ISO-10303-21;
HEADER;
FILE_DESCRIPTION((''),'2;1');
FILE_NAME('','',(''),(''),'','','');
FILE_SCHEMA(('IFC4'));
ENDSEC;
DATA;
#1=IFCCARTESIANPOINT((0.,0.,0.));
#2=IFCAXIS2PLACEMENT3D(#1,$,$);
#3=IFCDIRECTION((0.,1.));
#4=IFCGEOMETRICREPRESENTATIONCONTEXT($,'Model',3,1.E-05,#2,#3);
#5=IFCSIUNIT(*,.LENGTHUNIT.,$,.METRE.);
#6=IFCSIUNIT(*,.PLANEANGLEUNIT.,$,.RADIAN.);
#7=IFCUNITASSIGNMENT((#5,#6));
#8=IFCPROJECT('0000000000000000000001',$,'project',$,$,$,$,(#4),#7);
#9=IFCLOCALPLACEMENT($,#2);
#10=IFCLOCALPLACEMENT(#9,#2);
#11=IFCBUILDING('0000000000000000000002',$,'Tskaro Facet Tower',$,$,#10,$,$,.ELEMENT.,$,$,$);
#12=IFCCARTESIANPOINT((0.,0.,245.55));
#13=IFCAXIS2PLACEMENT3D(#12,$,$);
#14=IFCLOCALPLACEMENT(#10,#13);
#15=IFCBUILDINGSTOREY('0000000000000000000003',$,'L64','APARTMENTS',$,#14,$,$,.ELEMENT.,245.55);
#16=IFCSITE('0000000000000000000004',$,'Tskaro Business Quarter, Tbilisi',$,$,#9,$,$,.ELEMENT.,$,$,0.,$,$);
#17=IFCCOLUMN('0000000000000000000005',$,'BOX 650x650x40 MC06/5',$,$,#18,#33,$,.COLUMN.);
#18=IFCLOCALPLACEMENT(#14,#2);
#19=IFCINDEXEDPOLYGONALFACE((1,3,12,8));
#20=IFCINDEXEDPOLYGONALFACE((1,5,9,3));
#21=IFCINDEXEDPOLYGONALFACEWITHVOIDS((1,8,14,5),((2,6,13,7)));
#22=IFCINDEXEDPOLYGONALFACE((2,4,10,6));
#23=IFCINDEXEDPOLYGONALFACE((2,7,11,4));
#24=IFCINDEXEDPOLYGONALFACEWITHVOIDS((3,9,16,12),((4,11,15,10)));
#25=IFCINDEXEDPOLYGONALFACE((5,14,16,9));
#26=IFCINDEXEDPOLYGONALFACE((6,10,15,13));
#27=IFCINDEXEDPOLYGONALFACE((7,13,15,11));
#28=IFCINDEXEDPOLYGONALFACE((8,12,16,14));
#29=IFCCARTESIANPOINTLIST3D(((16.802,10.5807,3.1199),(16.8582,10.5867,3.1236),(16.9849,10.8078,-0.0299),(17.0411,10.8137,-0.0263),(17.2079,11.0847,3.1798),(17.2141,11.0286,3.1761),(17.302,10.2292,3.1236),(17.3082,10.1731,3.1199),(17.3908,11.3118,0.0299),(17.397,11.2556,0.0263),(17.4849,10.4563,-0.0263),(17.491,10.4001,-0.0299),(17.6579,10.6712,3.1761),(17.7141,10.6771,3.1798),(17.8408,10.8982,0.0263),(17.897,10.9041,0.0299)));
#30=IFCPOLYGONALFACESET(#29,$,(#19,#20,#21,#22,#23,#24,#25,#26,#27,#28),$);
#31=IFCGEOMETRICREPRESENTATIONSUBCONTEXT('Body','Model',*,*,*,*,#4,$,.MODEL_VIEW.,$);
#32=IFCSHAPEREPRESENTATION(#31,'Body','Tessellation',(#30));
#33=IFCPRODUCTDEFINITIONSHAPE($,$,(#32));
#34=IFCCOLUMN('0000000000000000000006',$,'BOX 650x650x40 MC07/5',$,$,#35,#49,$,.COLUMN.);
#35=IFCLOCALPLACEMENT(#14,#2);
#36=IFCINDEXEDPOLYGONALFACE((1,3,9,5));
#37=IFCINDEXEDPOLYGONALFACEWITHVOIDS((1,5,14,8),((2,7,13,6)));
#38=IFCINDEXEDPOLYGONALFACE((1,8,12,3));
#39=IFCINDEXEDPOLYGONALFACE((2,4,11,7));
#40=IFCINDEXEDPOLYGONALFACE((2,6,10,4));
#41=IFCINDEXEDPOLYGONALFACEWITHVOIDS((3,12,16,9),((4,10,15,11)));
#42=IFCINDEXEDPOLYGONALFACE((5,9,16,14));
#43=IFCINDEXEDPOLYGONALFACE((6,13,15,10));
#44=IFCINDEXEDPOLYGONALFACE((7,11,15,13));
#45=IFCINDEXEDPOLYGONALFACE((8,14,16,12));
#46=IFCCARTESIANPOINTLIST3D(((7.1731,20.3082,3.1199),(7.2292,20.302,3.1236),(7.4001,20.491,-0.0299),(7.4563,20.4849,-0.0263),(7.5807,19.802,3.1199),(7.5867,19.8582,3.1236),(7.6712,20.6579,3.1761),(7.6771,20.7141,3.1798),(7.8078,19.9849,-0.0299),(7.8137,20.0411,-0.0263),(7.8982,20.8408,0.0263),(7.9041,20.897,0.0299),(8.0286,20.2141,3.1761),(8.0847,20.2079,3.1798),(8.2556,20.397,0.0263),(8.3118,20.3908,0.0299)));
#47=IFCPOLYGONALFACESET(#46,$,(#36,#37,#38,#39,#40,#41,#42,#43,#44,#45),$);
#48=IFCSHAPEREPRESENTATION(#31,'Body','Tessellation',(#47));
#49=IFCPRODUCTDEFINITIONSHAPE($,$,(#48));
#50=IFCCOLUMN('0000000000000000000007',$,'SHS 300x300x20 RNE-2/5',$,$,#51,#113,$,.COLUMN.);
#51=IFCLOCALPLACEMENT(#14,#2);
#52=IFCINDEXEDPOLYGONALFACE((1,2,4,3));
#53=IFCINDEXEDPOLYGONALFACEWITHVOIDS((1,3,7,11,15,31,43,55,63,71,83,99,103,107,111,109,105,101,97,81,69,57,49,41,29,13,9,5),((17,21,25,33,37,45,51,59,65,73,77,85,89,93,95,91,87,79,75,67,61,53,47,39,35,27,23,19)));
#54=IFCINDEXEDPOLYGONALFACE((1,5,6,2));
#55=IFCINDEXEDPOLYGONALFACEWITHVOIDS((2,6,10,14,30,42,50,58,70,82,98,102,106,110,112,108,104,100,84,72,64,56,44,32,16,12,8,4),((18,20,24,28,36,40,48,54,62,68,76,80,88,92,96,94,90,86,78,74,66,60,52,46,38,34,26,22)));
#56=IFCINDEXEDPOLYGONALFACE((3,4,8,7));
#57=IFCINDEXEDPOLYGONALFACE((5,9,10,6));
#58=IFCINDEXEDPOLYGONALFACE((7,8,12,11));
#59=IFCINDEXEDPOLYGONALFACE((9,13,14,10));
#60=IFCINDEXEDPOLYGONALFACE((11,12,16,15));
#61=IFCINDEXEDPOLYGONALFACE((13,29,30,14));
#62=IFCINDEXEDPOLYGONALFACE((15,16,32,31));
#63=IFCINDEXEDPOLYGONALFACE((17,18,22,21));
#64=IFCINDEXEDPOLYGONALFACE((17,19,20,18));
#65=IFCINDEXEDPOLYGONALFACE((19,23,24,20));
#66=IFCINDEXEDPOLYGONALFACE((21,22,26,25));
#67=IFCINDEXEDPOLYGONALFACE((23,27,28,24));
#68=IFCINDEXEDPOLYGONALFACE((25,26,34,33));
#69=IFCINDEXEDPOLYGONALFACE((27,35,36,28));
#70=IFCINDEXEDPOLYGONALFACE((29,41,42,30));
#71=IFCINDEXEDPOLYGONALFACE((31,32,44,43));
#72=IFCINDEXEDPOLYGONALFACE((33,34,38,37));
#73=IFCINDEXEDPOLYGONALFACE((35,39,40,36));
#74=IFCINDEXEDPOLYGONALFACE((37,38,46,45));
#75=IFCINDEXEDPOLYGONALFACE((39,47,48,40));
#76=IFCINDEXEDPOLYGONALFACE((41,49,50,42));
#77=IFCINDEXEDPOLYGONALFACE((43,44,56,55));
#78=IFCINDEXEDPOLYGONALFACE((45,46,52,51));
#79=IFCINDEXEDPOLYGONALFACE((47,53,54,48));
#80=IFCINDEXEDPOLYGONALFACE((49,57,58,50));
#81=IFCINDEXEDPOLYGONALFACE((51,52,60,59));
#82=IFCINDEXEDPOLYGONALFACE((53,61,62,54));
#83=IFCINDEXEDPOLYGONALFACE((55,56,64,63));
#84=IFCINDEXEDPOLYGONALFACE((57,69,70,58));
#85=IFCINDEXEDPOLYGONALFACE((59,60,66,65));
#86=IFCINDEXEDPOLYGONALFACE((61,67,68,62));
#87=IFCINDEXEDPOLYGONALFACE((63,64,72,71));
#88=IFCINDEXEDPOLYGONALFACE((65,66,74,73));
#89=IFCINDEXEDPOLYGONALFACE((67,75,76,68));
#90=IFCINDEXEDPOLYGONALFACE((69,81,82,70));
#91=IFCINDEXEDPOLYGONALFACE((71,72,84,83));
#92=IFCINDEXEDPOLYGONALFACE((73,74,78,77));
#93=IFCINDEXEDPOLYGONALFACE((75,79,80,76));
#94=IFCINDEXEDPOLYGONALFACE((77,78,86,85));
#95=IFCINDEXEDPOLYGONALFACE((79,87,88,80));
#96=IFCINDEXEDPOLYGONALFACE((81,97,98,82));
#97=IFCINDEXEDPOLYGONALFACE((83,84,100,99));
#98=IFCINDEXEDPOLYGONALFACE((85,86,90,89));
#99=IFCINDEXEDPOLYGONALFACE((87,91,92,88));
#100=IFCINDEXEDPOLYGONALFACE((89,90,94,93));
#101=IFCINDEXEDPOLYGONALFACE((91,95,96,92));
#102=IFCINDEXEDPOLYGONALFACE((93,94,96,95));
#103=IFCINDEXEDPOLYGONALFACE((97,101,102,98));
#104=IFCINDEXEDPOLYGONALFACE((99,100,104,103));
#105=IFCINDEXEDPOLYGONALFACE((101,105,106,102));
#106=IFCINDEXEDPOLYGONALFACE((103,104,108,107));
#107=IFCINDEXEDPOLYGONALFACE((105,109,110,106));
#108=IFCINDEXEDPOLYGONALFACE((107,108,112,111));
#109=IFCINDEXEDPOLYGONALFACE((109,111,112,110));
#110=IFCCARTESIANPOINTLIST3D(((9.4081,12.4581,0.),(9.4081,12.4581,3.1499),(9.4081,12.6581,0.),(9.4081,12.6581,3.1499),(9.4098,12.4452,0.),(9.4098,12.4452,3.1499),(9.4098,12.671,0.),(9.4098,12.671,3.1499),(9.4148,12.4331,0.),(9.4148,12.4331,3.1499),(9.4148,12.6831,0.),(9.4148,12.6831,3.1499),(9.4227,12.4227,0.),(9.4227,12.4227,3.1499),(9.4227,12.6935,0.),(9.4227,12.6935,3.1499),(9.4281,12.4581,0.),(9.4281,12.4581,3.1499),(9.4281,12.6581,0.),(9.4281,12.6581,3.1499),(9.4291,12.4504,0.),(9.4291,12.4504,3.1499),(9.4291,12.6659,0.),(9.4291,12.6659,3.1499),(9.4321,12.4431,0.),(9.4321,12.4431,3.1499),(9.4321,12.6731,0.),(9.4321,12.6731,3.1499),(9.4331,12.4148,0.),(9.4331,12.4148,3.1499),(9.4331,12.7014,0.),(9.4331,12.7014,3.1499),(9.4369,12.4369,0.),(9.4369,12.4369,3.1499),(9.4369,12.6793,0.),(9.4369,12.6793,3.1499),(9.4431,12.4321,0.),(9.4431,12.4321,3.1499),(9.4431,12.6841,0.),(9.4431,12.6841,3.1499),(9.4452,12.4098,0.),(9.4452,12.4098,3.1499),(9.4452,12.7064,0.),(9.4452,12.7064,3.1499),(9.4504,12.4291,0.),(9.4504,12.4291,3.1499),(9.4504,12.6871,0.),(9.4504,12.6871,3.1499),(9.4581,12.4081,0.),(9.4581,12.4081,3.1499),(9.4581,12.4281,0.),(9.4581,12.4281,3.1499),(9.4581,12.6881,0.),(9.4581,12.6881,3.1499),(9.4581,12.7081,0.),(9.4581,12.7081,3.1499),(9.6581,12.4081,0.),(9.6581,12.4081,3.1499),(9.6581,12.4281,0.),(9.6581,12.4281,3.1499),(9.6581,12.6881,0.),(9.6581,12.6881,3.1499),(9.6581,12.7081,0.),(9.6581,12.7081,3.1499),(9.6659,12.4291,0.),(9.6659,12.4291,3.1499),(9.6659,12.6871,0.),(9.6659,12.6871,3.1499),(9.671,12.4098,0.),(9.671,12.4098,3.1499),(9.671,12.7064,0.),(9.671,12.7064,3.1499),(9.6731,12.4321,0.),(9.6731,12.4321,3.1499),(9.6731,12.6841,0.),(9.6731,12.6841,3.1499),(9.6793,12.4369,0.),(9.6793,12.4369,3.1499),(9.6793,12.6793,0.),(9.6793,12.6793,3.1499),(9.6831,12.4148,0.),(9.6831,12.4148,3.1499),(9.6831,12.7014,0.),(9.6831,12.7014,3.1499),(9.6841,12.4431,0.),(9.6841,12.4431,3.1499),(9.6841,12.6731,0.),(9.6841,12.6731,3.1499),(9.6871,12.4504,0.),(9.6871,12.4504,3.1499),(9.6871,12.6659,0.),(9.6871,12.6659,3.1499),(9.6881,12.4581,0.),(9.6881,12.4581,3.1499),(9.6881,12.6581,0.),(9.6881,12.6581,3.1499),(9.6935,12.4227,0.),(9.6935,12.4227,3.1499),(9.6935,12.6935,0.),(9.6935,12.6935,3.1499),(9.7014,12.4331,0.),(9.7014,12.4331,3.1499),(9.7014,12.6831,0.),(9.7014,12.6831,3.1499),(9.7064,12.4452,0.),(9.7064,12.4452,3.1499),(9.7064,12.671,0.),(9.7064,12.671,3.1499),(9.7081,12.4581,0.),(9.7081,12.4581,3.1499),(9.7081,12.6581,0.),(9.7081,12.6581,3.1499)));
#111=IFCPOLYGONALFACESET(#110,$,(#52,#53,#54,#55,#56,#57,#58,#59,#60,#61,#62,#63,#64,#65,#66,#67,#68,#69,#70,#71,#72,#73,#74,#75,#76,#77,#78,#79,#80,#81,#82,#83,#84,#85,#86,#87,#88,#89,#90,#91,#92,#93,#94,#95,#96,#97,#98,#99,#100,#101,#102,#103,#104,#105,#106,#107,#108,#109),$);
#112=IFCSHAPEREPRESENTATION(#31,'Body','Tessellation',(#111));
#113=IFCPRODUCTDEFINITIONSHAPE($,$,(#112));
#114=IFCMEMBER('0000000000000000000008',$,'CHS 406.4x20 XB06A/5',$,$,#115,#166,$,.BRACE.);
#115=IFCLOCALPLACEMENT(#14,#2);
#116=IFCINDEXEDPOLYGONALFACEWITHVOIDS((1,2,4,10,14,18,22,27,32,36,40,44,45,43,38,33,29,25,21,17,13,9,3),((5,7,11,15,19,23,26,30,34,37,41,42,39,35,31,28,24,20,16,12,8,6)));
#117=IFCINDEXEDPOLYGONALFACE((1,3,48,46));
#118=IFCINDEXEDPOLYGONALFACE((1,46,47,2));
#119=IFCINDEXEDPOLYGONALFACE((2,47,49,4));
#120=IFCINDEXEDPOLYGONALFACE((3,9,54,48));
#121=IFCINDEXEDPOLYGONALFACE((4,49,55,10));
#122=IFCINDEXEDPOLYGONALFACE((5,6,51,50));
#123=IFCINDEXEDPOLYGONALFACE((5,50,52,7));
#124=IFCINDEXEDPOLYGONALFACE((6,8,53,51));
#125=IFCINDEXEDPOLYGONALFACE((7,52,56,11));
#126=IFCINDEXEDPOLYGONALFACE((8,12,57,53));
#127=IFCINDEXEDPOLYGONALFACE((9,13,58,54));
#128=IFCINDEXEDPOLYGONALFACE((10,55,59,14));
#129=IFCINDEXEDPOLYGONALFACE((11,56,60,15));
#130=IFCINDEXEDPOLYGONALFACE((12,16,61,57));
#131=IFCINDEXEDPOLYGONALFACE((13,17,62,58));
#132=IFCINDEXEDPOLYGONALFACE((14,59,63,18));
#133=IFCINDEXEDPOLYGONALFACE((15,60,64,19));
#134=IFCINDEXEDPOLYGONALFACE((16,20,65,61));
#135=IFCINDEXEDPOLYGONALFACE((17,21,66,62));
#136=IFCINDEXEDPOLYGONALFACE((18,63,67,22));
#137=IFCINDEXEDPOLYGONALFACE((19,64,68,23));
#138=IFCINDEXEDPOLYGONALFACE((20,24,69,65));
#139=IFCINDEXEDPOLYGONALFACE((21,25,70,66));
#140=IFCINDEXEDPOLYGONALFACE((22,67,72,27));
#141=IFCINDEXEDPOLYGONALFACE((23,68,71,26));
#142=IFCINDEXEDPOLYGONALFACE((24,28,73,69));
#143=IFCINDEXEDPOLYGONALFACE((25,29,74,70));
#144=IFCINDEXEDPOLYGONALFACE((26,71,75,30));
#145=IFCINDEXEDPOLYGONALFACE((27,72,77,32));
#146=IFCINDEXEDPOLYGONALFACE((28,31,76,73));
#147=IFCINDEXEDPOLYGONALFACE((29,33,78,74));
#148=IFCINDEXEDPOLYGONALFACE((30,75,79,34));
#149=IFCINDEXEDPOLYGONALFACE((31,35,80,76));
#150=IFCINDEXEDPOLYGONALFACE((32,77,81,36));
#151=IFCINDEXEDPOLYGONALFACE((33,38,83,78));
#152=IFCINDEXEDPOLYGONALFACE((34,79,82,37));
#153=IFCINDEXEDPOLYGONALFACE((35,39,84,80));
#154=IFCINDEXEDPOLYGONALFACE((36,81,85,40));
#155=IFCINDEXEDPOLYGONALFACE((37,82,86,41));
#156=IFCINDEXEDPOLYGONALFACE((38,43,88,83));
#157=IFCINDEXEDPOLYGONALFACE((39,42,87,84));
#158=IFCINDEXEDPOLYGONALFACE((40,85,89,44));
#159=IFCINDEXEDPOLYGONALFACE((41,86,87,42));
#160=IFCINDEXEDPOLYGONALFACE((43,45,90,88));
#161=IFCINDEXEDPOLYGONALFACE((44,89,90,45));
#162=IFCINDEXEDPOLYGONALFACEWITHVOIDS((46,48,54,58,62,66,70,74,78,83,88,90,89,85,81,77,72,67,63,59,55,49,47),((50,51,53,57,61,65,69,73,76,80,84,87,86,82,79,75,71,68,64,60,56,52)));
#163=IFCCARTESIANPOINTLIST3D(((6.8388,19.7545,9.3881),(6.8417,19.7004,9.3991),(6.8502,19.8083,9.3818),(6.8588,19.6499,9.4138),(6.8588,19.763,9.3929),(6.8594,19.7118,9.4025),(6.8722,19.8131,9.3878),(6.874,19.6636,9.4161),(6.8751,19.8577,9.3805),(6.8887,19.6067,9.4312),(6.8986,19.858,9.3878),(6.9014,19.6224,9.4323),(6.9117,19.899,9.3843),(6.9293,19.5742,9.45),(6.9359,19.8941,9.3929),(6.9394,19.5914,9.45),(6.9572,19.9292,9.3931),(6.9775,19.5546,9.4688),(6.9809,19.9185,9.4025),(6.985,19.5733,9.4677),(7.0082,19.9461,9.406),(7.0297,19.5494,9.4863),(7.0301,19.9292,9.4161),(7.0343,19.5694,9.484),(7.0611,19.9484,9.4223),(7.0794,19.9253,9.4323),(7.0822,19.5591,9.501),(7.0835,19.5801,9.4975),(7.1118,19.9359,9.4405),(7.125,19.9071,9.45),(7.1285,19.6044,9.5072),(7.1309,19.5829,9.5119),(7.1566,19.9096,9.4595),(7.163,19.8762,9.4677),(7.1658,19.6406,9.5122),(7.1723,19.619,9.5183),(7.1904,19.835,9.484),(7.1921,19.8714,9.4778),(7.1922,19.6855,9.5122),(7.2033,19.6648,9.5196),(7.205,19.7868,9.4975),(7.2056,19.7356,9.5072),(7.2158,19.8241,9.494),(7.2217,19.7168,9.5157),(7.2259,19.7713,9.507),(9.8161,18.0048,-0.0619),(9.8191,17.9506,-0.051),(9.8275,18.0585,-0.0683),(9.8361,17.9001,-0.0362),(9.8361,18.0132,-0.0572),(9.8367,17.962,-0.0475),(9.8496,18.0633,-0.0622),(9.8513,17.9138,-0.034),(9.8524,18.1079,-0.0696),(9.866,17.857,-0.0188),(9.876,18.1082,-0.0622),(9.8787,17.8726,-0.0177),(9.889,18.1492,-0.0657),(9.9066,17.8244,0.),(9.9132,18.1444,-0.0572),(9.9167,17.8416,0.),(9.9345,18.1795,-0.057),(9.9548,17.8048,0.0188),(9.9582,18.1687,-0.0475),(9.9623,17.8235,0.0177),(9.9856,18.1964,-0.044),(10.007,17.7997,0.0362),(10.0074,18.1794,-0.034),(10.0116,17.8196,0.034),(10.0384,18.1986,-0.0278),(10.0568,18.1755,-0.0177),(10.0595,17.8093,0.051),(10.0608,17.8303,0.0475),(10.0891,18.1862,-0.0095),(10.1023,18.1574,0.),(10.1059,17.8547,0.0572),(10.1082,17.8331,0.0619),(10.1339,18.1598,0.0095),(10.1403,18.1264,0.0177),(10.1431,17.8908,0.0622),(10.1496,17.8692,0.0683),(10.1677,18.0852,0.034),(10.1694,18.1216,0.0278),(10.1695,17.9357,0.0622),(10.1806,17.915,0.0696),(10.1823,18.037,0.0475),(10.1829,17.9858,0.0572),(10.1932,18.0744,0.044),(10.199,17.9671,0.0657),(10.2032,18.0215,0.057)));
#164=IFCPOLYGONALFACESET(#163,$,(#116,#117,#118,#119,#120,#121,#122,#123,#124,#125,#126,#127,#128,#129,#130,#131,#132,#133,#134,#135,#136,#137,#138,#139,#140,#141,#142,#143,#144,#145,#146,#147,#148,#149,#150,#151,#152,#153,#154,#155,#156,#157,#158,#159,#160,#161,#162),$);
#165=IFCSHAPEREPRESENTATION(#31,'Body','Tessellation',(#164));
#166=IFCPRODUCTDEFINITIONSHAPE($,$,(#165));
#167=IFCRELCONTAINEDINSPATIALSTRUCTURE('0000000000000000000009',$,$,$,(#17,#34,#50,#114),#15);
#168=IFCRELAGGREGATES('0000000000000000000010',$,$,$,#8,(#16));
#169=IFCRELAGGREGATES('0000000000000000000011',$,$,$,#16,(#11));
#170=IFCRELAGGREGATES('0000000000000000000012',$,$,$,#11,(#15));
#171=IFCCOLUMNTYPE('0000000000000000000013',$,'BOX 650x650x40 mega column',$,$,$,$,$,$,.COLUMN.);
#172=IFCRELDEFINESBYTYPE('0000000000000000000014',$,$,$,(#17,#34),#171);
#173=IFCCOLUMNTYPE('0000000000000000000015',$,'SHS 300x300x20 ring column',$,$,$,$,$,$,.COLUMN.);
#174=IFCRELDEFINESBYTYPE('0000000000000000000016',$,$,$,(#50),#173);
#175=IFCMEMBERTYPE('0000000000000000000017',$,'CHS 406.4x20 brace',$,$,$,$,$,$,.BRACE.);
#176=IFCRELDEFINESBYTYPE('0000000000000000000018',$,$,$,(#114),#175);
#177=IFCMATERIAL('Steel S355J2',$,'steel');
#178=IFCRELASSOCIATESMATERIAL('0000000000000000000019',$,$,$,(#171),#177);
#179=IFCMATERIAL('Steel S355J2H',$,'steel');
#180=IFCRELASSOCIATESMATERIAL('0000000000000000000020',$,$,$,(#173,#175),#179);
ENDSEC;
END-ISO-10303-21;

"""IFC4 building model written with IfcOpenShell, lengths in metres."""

from ifc_helpers import new_model, si_unit, direction, frame, origin, origin_2d, place, context, subcontext, project, spatial, hollow_rectangle, hollow_circle, extrude, material, material_profile, profile_set, type_object, element, save


model = new_model("IFC4")

# Units and contexts
model_context = context("Model", 3, precision=1e-05, world=origin(), true_north=direction((0.0, 1.0)))
body_context = subcontext(model_context, "Body", "Model", "MODEL_VIEW")
ifc_project = project(units=[si_unit("LENGTHUNIT", "METRE"), si_unit("PLANEANGLEUNIT", "RADIAN")], contexts=[model_context])

# Site, building, storey
site_placement = place(None, origin())
site = spatial("IfcSite", under=ifc_project, at=site_placement, Name="Tskaro Business Quarter, Tbilisi", CompositionType="ELEMENT", RefElevation=0.0)
building_placement = place(site_placement, origin())
building = spatial("IfcBuilding", under=site, at=building_placement, Name="Tskaro Facet Tower", CompositionType="ELEMENT")
storey_placement = place(building_placement, frame((0.0, 0.0, 245.55)))
storey = spatial("IfcBuildingStorey", under=building, at=storey_placement, Name="L64", Description="APARTMENTS", CompositionType="ELEMENT", Elevation=245.55)

# Columns
ifc_material_1 = material(Name="Steel S355J2", Category="steel")
ifc_material_profile_1 = material_profile(ifc_material_1, hollow_rectangle(XDim=0.6499, YDim=0.6499, WallThickness=0.04, at=origin_2d()), Name="BOX 650x650x40")
ifc_profile_set_1 = profile_set([ifc_material_profile_1], Name="Steel S355J2")
column_type_1 = type_object("IfcColumnType", Name="BOX 650x650x40 mega column", PredefinedType="COLUMN", material=ifc_profile_set_1)
for number, where, z_axis, x_axis, name in (
    (1, (17.4409, 10.856, 0.0), (-0.057806, -0.071775, 0.995744), (0.778822, -0.627245, 0.0), "BOX 650x650x40 MC06/5"),
    (2, (7.856, 20.4409, 0.0), (-0.071775, -0.057806, 0.995744), (0.627245, -0.778822, 0.0), "BOX 650x650x40 MC07/5"),
):
    element("IfcColumn", number, at=place(storey_placement, frame(where, z_axis=z_axis, x_axis=x_axis)), inside=storey, type_object=column_type_1, Name=name, PredefinedType="COLUMN", context=body_context, shape_type="SweptSolid", body=[
        extrude(hollow_rectangle(XDim=0.6499, YDim=0.6499, WallThickness=0.04, at=origin_2d()), origin(), (0.0, 0.0, 1.0), 3.1633),
    ])
ifc_material_2 = material(Name="Steel S355J2H", Category="steel")
ifc_material_profile_2 = material_profile(ifc_material_2, hollow_rectangle(XDim=0.3, YDim=0.3, WallThickness=0.02, InnerFilletRadius=0.03, OuterFilletRadius=0.05, at=origin_2d()), Name="SHS 300x300x20")
ifc_profile_set_2 = profile_set([ifc_material_profile_2], Name="Steel S355J2H")
column_type_2 = type_object("IfcColumnType", Name="SHS 300x300x20 ring column", PredefinedType="COLUMN", material=ifc_profile_set_2)
column_placement = place(storey_placement, frame((9.5581, 12.5581, 0.0), z_axis=(0.0, 0.0, 1.0), x_axis=(1.0, 0.0, 0.0)))
element("IfcColumn", 3, at=column_placement, inside=storey, type_object=column_type_2, Name="SHS 300x300x20 RNE-2/5", PredefinedType="COLUMN", context=body_context, shape_type="SweptSolid", body=[
    extrude(hollow_rectangle(XDim=0.3, YDim=0.3, WallThickness=0.02, InnerFilletRadius=0.03, OuterFilletRadius=0.05, at=origin_2d()), origin(), (0.0, 0.0, 1.0), 3.1499),
])

# Member
ifc_material_profile_3 = material_profile(ifc_material_2, hollow_circle(Radius=0.2031, WallThickness=0.02, at=origin_2d()), Name="CHS 406.4x20")
ifc_profile_set_3 = profile_set([ifc_material_profile_3], Name="Steel S355J2H")
member_type_1 = type_object("IfcMemberType", Name="CHS 406.4x20 brace", PredefinedType="BRACE", material=ifc_profile_set_3)
for number, where, z_axis, x_axis, name in (
    (4, (10.0095, 17.9995, 0.0), (-0.295919, 0.173911, 0.939248), (-0.506677, -0.862136, 0.0), "CHS 406.4x20 XB06A/5"),
):
    element("IfcMember", number, at=place(storey_placement, frame(where, z_axis=z_axis, x_axis=x_axis)), inside=storey, type_object=member_type_1, Name=name, PredefinedType="BRACE", context=body_context, shape_type="SweptSolid", body=[
        extrude(hollow_circle(Radius=0.2031, WallThickness=0.02, at=origin_2d()), origin(), (0.0, 0.0, 1.0), 10.0613),
    ])

save(model, "model.ifc")
